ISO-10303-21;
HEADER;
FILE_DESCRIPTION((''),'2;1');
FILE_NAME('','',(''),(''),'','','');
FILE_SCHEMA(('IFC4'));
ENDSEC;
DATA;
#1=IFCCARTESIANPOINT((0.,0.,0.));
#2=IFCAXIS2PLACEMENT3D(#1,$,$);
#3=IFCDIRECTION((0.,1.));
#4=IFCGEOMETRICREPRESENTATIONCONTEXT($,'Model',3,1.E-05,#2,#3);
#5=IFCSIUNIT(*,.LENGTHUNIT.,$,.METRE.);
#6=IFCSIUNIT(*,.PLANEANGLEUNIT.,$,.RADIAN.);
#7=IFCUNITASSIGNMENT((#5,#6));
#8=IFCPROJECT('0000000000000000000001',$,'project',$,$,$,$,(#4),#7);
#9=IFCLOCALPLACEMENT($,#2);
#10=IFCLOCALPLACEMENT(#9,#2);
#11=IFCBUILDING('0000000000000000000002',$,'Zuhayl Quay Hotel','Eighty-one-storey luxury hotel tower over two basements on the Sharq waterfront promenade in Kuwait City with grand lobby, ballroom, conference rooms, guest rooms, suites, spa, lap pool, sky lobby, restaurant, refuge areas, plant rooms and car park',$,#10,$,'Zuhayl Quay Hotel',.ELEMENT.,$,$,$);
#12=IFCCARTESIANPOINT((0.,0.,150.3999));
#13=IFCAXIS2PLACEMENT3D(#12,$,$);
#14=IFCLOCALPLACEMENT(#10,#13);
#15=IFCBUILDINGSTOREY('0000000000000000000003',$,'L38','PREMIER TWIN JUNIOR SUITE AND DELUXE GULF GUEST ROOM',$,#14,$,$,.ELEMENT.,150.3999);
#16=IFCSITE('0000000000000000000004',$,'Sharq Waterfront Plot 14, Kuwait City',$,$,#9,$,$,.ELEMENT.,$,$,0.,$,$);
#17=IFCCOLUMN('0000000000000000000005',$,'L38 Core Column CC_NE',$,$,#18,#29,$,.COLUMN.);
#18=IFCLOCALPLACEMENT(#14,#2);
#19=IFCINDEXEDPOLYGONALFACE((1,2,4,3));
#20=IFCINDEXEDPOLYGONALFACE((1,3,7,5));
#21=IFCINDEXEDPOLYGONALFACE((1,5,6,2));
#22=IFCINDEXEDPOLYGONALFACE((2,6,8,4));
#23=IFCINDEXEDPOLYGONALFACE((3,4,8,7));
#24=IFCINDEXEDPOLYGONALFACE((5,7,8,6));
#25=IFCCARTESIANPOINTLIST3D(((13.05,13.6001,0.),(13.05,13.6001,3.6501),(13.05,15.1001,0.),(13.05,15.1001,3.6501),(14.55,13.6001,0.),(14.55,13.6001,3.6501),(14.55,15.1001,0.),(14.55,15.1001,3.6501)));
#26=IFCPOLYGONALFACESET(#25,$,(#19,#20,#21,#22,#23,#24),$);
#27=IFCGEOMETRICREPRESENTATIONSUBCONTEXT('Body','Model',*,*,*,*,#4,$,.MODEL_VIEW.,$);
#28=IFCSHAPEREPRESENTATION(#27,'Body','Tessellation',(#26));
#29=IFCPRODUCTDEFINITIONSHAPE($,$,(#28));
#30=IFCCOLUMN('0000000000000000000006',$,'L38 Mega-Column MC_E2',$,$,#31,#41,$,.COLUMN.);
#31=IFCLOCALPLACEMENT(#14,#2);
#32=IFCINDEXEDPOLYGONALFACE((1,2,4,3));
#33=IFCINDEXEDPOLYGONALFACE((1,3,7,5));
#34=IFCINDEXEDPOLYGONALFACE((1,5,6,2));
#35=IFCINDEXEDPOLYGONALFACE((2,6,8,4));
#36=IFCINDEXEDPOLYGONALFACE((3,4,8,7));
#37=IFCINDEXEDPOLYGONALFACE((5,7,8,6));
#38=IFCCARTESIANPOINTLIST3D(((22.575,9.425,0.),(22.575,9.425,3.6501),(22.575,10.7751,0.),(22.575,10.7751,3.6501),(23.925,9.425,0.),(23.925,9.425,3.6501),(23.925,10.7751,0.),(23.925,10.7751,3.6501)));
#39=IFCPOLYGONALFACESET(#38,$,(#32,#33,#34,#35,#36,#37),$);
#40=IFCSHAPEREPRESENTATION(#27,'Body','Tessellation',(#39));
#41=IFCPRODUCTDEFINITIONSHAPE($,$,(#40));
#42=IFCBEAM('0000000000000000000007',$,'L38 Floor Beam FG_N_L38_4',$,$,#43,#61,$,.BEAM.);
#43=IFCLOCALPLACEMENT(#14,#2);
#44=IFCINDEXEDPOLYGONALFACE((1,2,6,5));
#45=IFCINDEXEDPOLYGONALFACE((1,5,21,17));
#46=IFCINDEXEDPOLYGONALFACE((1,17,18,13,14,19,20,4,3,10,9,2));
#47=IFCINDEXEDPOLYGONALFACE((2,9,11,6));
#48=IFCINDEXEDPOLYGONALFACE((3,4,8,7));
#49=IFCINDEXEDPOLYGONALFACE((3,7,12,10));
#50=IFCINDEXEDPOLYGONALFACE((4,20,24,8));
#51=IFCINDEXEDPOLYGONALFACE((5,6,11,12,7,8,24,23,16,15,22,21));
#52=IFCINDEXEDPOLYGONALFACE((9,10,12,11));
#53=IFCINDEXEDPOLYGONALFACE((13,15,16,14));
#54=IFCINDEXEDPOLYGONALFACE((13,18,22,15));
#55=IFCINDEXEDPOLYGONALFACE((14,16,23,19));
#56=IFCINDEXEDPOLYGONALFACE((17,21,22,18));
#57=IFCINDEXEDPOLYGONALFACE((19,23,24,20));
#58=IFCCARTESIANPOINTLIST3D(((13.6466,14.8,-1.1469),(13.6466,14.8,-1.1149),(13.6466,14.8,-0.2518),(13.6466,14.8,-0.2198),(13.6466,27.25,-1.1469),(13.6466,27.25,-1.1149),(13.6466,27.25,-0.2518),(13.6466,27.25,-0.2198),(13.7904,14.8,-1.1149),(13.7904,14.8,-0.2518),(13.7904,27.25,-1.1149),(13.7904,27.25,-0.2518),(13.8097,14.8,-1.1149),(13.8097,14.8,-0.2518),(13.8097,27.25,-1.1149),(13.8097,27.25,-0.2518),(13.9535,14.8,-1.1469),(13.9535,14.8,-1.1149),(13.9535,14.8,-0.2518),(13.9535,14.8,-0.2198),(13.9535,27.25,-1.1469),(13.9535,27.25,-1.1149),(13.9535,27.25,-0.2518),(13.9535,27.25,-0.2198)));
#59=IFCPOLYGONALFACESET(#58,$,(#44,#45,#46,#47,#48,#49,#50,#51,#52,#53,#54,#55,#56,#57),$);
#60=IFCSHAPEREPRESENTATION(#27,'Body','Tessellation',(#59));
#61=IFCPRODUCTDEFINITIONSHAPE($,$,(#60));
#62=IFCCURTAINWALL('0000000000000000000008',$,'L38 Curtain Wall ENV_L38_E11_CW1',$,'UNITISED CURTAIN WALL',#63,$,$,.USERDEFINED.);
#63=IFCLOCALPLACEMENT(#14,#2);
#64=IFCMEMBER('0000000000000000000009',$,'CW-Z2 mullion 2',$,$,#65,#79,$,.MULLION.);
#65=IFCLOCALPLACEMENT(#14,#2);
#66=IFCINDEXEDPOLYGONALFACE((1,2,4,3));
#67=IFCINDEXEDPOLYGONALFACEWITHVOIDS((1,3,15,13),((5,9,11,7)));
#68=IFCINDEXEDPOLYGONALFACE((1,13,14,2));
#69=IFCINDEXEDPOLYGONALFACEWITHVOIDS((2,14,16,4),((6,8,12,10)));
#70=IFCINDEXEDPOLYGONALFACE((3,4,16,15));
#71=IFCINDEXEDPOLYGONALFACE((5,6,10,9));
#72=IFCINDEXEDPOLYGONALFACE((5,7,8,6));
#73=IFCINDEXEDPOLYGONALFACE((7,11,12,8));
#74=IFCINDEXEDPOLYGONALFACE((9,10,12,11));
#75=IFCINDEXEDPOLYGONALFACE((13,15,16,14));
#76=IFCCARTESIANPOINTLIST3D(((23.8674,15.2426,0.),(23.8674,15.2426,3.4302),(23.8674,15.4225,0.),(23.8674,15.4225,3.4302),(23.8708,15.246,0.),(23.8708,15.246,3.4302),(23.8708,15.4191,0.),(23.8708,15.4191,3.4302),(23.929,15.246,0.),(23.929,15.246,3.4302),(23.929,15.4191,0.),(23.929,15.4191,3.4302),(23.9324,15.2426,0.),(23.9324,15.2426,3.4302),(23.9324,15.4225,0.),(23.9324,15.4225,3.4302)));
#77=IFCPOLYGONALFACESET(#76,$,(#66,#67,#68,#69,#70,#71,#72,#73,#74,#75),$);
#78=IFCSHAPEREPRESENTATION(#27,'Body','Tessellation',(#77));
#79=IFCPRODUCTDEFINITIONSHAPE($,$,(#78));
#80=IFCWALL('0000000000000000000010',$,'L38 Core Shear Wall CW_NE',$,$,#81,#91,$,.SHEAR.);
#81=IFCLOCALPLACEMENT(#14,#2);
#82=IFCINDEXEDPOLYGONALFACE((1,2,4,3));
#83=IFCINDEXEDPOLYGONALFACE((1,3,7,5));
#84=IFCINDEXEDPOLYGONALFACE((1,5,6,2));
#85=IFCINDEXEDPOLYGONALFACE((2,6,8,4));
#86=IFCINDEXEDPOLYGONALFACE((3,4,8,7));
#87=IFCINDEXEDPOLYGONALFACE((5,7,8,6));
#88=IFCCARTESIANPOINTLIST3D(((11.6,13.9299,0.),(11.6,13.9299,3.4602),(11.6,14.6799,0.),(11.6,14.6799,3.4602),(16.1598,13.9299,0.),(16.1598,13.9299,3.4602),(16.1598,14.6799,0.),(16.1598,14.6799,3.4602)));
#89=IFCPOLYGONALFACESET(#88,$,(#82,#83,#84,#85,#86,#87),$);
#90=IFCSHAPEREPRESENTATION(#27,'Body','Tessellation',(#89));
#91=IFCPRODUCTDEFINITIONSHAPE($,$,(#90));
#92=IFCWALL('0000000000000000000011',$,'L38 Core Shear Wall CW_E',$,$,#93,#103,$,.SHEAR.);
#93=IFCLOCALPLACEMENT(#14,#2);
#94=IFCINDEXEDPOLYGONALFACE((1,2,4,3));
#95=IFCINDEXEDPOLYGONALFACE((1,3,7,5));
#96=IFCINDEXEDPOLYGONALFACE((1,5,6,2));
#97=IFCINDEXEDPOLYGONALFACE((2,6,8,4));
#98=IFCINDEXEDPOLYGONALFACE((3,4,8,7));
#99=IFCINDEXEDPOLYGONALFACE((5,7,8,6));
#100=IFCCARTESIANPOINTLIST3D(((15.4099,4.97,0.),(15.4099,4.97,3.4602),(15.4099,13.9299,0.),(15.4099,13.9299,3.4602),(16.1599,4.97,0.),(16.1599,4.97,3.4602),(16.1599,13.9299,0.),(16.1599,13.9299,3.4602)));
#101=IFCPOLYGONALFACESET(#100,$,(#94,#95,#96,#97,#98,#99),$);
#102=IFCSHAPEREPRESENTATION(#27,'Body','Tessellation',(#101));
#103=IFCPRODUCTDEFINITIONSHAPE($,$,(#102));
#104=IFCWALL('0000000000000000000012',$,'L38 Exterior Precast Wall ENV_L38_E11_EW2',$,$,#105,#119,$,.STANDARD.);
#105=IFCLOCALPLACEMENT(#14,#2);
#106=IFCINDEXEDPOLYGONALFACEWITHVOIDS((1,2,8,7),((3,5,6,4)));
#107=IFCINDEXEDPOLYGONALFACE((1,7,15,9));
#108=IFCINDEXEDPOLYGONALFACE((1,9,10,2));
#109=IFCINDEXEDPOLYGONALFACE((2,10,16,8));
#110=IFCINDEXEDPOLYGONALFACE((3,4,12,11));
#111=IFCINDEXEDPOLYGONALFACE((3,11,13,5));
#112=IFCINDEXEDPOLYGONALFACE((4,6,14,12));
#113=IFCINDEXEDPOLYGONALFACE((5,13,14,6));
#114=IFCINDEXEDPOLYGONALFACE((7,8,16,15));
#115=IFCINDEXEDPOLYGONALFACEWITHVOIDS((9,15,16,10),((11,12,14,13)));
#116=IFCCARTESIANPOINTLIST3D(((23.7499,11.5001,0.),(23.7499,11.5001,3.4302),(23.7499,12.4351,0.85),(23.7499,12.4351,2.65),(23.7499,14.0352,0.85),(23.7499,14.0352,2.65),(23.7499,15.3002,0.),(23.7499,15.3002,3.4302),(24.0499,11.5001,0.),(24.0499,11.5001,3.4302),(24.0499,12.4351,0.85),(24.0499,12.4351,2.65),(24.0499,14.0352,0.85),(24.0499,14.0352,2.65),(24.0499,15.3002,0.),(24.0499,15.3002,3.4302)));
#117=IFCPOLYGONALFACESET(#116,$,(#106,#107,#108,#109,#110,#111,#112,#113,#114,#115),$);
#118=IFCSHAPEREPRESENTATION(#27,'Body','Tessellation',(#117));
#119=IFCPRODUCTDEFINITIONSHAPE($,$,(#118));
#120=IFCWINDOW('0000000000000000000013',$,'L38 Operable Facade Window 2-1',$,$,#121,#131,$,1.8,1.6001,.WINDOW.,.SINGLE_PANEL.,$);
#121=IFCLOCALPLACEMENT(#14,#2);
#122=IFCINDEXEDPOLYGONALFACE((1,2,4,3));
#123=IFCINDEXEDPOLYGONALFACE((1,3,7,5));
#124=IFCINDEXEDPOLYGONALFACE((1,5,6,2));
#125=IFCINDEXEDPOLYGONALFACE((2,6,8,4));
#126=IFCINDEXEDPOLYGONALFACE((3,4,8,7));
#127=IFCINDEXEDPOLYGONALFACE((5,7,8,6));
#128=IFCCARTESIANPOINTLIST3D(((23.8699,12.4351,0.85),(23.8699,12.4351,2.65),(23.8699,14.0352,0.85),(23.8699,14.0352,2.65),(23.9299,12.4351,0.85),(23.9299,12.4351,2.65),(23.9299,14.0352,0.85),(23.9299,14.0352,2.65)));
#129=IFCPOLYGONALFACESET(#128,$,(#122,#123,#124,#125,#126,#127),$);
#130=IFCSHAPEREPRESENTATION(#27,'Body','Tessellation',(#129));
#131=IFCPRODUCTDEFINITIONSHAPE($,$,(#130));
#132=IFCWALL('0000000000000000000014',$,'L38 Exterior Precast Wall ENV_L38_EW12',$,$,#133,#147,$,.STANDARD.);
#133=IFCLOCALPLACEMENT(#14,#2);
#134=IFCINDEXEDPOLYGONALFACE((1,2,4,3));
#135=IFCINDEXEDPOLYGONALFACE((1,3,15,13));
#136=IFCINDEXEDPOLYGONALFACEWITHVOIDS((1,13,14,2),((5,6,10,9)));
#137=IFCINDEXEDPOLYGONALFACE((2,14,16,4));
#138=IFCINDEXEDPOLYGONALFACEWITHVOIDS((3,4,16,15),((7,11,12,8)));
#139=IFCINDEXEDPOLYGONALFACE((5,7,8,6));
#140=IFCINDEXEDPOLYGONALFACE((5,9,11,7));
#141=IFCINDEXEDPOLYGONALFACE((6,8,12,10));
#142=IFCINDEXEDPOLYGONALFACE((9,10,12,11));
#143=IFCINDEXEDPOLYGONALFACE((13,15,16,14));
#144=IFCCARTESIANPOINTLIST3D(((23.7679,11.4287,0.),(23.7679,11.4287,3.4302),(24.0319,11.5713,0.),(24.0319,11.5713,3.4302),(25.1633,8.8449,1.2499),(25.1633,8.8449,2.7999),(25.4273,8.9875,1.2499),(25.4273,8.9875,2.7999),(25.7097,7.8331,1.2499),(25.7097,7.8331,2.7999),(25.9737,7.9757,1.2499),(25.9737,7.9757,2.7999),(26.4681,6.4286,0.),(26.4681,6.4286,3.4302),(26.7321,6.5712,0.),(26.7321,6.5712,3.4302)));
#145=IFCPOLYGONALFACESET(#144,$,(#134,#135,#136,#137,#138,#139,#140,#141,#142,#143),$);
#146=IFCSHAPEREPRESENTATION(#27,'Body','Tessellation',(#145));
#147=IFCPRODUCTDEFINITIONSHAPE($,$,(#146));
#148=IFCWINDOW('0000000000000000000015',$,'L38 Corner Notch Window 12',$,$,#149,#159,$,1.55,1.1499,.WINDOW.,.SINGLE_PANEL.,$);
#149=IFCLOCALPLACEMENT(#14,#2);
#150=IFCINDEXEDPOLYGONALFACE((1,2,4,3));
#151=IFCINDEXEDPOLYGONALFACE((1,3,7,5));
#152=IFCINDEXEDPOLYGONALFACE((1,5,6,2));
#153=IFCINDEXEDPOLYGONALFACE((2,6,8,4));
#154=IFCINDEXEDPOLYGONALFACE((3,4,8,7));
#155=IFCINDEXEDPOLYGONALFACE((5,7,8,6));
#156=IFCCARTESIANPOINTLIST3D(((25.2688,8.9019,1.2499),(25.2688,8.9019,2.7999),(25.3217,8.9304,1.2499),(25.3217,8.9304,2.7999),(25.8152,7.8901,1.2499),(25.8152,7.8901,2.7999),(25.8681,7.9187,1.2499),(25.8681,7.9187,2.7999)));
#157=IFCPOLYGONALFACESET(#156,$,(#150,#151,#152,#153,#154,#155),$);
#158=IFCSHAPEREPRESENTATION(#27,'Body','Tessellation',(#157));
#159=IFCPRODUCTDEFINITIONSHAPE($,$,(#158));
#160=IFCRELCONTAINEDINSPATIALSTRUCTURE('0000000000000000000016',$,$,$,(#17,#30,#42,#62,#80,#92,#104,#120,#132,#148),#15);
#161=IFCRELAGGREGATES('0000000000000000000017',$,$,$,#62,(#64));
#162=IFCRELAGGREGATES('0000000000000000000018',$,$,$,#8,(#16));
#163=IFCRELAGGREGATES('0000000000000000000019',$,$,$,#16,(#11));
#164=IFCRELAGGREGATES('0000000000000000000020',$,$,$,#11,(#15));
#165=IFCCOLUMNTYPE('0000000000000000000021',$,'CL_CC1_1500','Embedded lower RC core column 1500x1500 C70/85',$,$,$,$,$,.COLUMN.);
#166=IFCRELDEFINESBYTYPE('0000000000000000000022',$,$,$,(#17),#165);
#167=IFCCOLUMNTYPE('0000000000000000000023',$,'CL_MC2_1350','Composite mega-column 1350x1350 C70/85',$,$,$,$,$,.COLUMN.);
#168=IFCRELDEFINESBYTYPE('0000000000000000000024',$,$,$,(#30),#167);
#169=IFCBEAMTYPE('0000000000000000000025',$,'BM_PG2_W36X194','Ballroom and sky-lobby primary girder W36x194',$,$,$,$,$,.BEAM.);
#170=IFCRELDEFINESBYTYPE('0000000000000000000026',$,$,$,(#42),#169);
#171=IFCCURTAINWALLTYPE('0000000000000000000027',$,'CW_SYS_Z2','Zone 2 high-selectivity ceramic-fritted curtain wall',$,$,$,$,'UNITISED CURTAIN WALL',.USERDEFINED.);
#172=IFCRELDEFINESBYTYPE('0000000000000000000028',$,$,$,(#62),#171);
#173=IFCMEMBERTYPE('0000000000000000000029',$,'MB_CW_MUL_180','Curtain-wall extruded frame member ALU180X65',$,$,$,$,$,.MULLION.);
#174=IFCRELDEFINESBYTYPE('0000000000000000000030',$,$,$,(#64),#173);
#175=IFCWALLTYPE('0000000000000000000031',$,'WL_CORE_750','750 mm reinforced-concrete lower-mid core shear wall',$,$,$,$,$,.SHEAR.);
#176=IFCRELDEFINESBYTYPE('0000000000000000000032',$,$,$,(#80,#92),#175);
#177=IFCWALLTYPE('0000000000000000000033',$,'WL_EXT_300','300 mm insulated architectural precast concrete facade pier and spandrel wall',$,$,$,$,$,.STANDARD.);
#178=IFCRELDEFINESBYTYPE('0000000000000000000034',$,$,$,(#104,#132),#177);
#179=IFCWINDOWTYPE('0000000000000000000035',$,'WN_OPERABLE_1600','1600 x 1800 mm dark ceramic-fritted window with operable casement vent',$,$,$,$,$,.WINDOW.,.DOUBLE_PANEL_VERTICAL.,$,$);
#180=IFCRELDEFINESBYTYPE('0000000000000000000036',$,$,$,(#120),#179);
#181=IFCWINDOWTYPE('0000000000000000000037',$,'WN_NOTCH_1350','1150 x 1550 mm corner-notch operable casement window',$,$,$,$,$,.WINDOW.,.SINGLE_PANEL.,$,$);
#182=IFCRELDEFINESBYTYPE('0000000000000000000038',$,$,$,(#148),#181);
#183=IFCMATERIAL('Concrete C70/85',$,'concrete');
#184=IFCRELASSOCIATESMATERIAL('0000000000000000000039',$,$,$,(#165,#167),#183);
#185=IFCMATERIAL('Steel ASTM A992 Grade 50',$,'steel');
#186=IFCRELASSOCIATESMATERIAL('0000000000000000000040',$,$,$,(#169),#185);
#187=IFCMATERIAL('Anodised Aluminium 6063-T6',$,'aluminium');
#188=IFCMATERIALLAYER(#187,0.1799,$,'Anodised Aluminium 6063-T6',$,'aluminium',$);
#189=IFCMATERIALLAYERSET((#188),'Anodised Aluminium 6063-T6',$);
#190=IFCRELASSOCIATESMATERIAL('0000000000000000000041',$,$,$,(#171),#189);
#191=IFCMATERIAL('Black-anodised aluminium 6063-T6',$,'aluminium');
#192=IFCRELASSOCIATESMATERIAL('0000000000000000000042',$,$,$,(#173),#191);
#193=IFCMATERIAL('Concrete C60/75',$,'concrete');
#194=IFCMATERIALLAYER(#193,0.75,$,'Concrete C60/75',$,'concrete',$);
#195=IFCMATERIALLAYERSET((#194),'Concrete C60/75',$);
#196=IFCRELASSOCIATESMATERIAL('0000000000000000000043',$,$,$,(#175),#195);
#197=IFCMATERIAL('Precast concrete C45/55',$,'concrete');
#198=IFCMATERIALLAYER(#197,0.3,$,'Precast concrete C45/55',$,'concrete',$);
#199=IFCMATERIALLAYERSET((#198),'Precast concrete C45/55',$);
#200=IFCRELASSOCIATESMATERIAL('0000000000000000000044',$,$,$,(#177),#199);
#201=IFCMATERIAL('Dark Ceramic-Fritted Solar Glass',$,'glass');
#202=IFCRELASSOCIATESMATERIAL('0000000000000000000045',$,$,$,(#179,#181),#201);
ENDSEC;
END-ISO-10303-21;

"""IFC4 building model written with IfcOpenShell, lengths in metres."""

from ifc_helpers import new_model, si_unit, direction, frame, frame_2d, origin, origin_2d, place, context, subcontext, project, spatial, rectangle, hollow_rectangle, i_section, extrude, material, layer, layer_set, material_profile, profile_set, type_object, element, fill, aggregate, save


model = new_model("IFC4")

# Units and contexts
model_context = context("Model", 3, precision=1e-05, world=origin(), true_north=direction((0.0, 1.0)))
body_context = subcontext(model_context, "Body", "Model", "MODEL_VIEW")
ifc_project = project(units=[si_unit("LENGTHUNIT", "METRE"), si_unit("PLANEANGLEUNIT", "RADIAN")], contexts=[model_context])

# Site, building, storey
site_placement = place(None, origin())
site = spatial("IfcSite", under=ifc_project, at=site_placement, Name="Sharq Waterfront Plot 14, Kuwait City", CompositionType="ELEMENT", RefElevation=0.0)
building_placement = place(site_placement, origin())
building = spatial("IfcBuilding", under=site, at=building_placement, Name="Zuhayl Quay Hotel", Description="Eighty-one-storey luxury hotel tower over two basements on the Sharq waterfront promenade in Kuwait City with grand lobby, ballroom, conference rooms, guest rooms, suites, spa, lap pool, sky lobby, restaurant, refuge areas, plant rooms and car park", LongName="Zuhayl Quay Hotel", CompositionType="ELEMENT")
storey_placement = place(building_placement, frame((0.0, 0.0, 150.3999)))
storey = spatial("IfcBuildingStorey", under=building, at=storey_placement, Name="L38", Description="PREMIER TWIN JUNIOR SUITE AND DELUXE GULF GUEST ROOM", CompositionType="ELEMENT", Elevation=150.3999)

# Columns
ifc_material_1 = material(Name="Concrete C70/85", Category="concrete")
ifc_material_profile_1 = material_profile(ifc_material_1, rectangle(XDim=1.5, YDim=1.5, at=origin_2d()), Name="RC1500X1500")
ifc_profile_set_1 = profile_set([ifc_material_profile_1], Name="Concrete C70/85")
column_type_1 = type_object("IfcColumnType", Name="CL_CC1_1500", Description="Embedded lower RC core column 1500x1500 C70/85", PredefinedType="COLUMN", material=ifc_profile_set_1)
column_1_placement = place(storey_placement, frame((13.8, 14.3501, 0.0), z_axis=(0.0, 0.0, 1.0), x_axis=(1.0, 0.0, 0.0)))
element("IfcColumn", 1, at=column_1_placement, inside=storey, type_object=column_type_1, Name="L38 Core Column CC_NE", PredefinedType="COLUMN", context=body_context, shape_type="SweptSolid", body=[
    extrude(rectangle(XDim=1.5, YDim=1.5, at=origin_2d()), origin(), (0.0, 0.0, 1.0), 3.6501),
])
ifc_material_profile_2 = material_profile(ifc_material_1, rectangle(XDim=1.3501, YDim=1.3501, at=origin_2d()), Name="RC1350X1350")
ifc_profile_set_2 = profile_set([ifc_material_profile_2], Name="Concrete C70/85")
column_type_2 = type_object("IfcColumnType", Name="CL_MC2_1350", Description="Composite mega-column 1350x1350 C70/85", PredefinedType="COLUMN", material=ifc_profile_set_2)
column_2_placement = place(storey_placement, frame((23.25, 10.1001, 0.0), z_axis=(0.0, 0.0, 1.0), x_axis=(1.0, 0.0, 0.0)))
element("IfcColumn", 2, at=column_2_placement, inside=storey, type_object=column_type_2, Name="L38 Mega-Column MC_E2", PredefinedType="COLUMN", context=body_context, shape_type="SweptSolid", body=[
    extrude(rectangle(XDim=1.3501, YDim=1.3501, at=origin_2d()), origin(), (0.0, 0.0, 1.0), 3.6501),
])

# Beam
ifc_material_2 = material(Name="Steel ASTM A992 Grade 50", Category="steel")
ifc_material_profile_3 = material_profile(ifc_material_2, i_section(OverallWidth=0.3069, OverallDepth=0.927, WebThickness=0.0193, FlangeThickness=0.032, at=origin_2d()), Name="W36X194")
ifc_profile_set_3 = profile_set([ifc_material_profile_3], Name="Steel ASTM A992 Grade 50")
beam_type = type_object("IfcBeamType", Name="BM_PG2_W36X194", Description="Ballroom and sky-lobby primary girder W36x194", PredefinedType="BEAM", material=ifc_profile_set_3)
beam_placement = place(storey_placement, frame((13.8, 14.8, -0.6833), z_axis=(0.0, 1.0, 0.0), x_axis=(-1.0, 0.0, 0.0)))
element("IfcBeam", 3, at=beam_placement, inside=storey, type_object=beam_type, Name="L38 Floor Beam FG_N_L38_4", PredefinedType="BEAM", context=body_context, shape_type="SweptSolid", body=[
    extrude(i_section(OverallWidth=0.3069, OverallDepth=0.927, WebThickness=0.0193, FlangeThickness=0.032, at=origin_2d()), origin(), (0.0, 0.0, 1.0), 12.45),
])

# Curtain wall, member
ifc_material_3 = material(Name="Anodised Aluminium 6063-T6", Category="aluminium")
ifc_layer_1 = layer(ifc_material_3, 0.1799, Name="Anodised Aluminium 6063-T6", Category="aluminium")
ifc_layer_set_1 = layer_set([ifc_layer_1], Name="Anodised Aluminium 6063-T6")
curtain_wall_type = type_object("IfcCurtainWallType", Name="CW_SYS_Z2", Description="Zone 2 high-selectivity ceramic-fritted curtain wall", ElementType="UNITISED CURTAIN WALL", PredefinedType="USERDEFINED", material=ifc_layer_set_1)
curtain_wall_placement = place(storey_placement, origin())
curtain_wall = element("IfcCurtainWall", 4, at=curtain_wall_placement, inside=storey, type_object=curtain_wall_type, Name="L38 Curtain Wall ENV_L38_E11_CW1", ObjectType="UNITISED CURTAIN WALL", PredefinedType="USERDEFINED")
ifc_material_4 = material(Name="Black-anodised aluminium 6063-T6", Category="aluminium")
ifc_material_profile_4 = material_profile(ifc_material_4, hollow_rectangle(XDim=0.0649, YDim=0.1799, WallThickness=0.0034, at=origin_2d()), Name="ALU180X65")
ifc_profile_set_4 = profile_set([ifc_material_profile_4], Name="Black-anodised aluminium 6063-T6")
member_type = type_object("IfcMemberType", Name="MB_CW_MUL_180", Description="Curtain-wall extruded frame member ALU180X65", PredefinedType="MULLION", material=ifc_profile_set_4)
member_placement = place(storey_placement, frame((23.8999, 15.3325, 0.0), z_axis=(0.0, 0.0, 1.0), x_axis=(1.0, 0.0, 0.0)))
member = element("IfcMember", 5, at=member_placement, type_object=member_type, Name="CW-Z2 mullion 2", PredefinedType="MULLION", context=body_context, shape_type="SweptSolid", body=[
    extrude(hollow_rectangle(XDim=0.0649, YDim=0.1799, WallThickness=0.0034, at=origin_2d()), origin(), (0.0, 0.0, 1.0), 3.4302),
])
aggregate(curtain_wall, [member])

# Walls
ifc_material_5 = material(Name="Concrete C60/75", Category="concrete")
ifc_layer_2 = layer(ifc_material_5, 0.75, Name="Concrete C60/75", Category="concrete")
ifc_layer_set_2 = layer_set([ifc_layer_2], Name="Concrete C60/75")
wall_type_1 = type_object("IfcWallType", Name="WL_CORE_750", Description="750 mm reinforced-concrete lower-mid core shear wall", PredefinedType="SHEAR", material=ifc_layer_set_2)
wall_1_placement = place(storey_placement, frame((11.6001, 14.3049, 0.0), z_axis=(0.0, 0.0, 1.0), x_axis=(1.0, 0.0, 0.0)))
element("IfcWall", 6, at=wall_1_placement, inside=storey, type_object=wall_type_1, Name="L38 Core Shear Wall CW_NE", PredefinedType="SHEAR", context=body_context, shape_type="SweptSolid", body=[
    extrude(rectangle(XDim=4.5598, YDim=0.75, at=frame_2d((2.2798, 0.0))), origin(), (0.0, 0.0, 1.0), 3.4602),
])
wall_2_placement = place(storey_placement, frame((15.7849, 4.97, 0.0), z_axis=(0.0, 0.0, 1.0), x_axis=(0.0, 1.0, 0.0)))
element("IfcWall", 7, at=wall_2_placement, inside=storey, type_object=wall_type_1, Name="L38 Core Shear Wall CW_E", PredefinedType="SHEAR", context=body_context, shape_type="SweptSolid", body=[
    extrude(rectangle(XDim=8.96, YDim=0.75, at=frame_2d((4.48, 0.0))), origin(), (0.0, 0.0, 1.0), 3.4602),
])

# Walls, openings, windows
ifc_material_6 = material(Name="Precast concrete C45/55", Category="concrete")
ifc_layer_3 = layer(ifc_material_6, 0.3, Name="Precast concrete C45/55", Category="concrete")
ifc_layer_set_3 = layer_set([ifc_layer_3], Name="Precast concrete C45/55")
wall_type_2 = type_object("IfcWallType", Name="WL_EXT_300", Description="300 mm insulated architectural precast concrete facade pier and spandrel wall", PredefinedType="STANDARD", material=ifc_layer_set_3)
wall_3_placement = place(storey_placement, frame((23.8999, 15.3, 0.0), z_axis=(0.0, 0.0, 1.0), x_axis=(0.0, -1.0, 0.0)))
wall_3 = element("IfcWall", 8, at=wall_3_placement, inside=storey, type_object=wall_type_2, Name="L38 Exterior Precast Wall ENV_L38_E11_EW2", PredefinedType="STANDARD", context=body_context, shape_type="SweptSolid", body=[
    extrude(rectangle(XDim=3.8, YDim=0.3, at=frame_2d((1.8999, 0.0))), origin(), (0.0, 0.0, 1.0), 3.4302),
])
opening_1_placement = place(wall_3_placement, frame((1.2649, 0.0, 0.8501)))
opening_1 = element("IfcOpeningElement", 9, at=opening_1_placement, cuts=wall_3, PredefinedType="OPENING", context=body_context, shape_type="SweptSolid", body=[
    extrude(rectangle(XDim=1.6001, YDim=1.8, at=frame_2d((0.8, 0.8999))), frame((0.0, 0.1599, 0.0), z_axis=(0.0, -1.0, 0.0), x_axis=(1.0, 0.0, 0.0)), (0.0, 0.0, 1.0), 0.3201),
])
ifc_material_7 = material(Name="Dark Ceramic-Fritted Solar Glass", Category="glass")
window_type_1 = type_object("IfcWindowType", Name="WN_OPERABLE_1600", Description="1600 x 1800 mm dark ceramic-fritted window with operable casement vent", PartitioningType="DOUBLE_PANEL_VERTICAL", PredefinedType="WINDOW", material=ifc_material_7)
window_1_placement = place(opening_1_placement, origin())
window_1 = element("IfcWindow", 10, at=window_1_placement, inside=storey, type_object=window_type_1, Name="L38 Operable Facade Window 2-1", OverallHeight=1.8, OverallWidth=1.6001, PartitioningType="SINGLE_PANEL", PredefinedType="WINDOW", context=body_context, shape_type="SweptSolid", body=[
    extrude(rectangle(XDim=1.6001, YDim=1.8, at=frame_2d((0.8, 0.8999))), frame((0.0, 0.03, 0.0), z_axis=(0.0, -1.0, 0.0), x_axis=(1.0, 0.0, 0.0)), (0.0, 0.0, 1.0), 0.0601),
])
fill(opening_1, window_1)
wall_4_placement = place(storey_placement, frame((23.8999, 11.5, 0.0), z_axis=(0.0, 0.0, 1.0), x_axis=(0.475176, -0.879891, 0.0)))
wall_4 = element("IfcWall", 11, at=wall_4_placement, inside=storey, type_object=wall_type_2, Name="L38 Exterior Precast Wall ENV_L38_EW12", PredefinedType="STANDARD", context=body_context, shape_type="SweptSolid", body=[
    extrude(rectangle(XDim=5.6826, YDim=0.3, at=frame_2d((2.8413, 0.0))), origin(), (0.0, 0.0, 1.0), 3.4302),
])
opening_2_placement = place(wall_4_placement, frame((2.9365, 0.0, 1.25)))
opening_2 = element("IfcOpeningElement", 12, at=opening_2_placement, cuts=wall_4, PredefinedType="OPENING", context=body_context, shape_type="SweptSolid", body=[
    extrude(rectangle(XDim=1.1499, YDim=1.55, at=frame_2d((0.575, 0.7749))), frame((0.0, 0.1599, 0.0), z_axis=(0.0, -1.0, 0.0), x_axis=(1.0, 0.0, 0.0)), (0.0, 0.0, 1.0), 0.3201),
])
window_type_2 = type_object("IfcWindowType", Name="WN_NOTCH_1350", Description="1150 x 1550 mm corner-notch operable casement window", PartitioningType="SINGLE_PANEL", PredefinedType="WINDOW", material=ifc_material_7)
window_2_placement = place(opening_2_placement, origin())
window_2 = element("IfcWindow", 13, at=window_2_placement, inside=storey, type_object=window_type_2, Name="L38 Corner Notch Window 12", OverallHeight=1.55, OverallWidth=1.1499, PartitioningType="SINGLE_PANEL", PredefinedType="WINDOW", context=body_context, shape_type="SweptSolid", body=[
    extrude(rectangle(XDim=1.1499, YDim=1.55, at=frame_2d((0.575, 0.7749))), frame((0.0, 0.03, 0.0), z_axis=(0.0, -1.0, 0.0), x_axis=(1.0, 0.0, 0.0)), (0.0, 0.0, 1.0), 0.0601),
])
fill(opening_2, window_2)

save(model, "model.ifc")
